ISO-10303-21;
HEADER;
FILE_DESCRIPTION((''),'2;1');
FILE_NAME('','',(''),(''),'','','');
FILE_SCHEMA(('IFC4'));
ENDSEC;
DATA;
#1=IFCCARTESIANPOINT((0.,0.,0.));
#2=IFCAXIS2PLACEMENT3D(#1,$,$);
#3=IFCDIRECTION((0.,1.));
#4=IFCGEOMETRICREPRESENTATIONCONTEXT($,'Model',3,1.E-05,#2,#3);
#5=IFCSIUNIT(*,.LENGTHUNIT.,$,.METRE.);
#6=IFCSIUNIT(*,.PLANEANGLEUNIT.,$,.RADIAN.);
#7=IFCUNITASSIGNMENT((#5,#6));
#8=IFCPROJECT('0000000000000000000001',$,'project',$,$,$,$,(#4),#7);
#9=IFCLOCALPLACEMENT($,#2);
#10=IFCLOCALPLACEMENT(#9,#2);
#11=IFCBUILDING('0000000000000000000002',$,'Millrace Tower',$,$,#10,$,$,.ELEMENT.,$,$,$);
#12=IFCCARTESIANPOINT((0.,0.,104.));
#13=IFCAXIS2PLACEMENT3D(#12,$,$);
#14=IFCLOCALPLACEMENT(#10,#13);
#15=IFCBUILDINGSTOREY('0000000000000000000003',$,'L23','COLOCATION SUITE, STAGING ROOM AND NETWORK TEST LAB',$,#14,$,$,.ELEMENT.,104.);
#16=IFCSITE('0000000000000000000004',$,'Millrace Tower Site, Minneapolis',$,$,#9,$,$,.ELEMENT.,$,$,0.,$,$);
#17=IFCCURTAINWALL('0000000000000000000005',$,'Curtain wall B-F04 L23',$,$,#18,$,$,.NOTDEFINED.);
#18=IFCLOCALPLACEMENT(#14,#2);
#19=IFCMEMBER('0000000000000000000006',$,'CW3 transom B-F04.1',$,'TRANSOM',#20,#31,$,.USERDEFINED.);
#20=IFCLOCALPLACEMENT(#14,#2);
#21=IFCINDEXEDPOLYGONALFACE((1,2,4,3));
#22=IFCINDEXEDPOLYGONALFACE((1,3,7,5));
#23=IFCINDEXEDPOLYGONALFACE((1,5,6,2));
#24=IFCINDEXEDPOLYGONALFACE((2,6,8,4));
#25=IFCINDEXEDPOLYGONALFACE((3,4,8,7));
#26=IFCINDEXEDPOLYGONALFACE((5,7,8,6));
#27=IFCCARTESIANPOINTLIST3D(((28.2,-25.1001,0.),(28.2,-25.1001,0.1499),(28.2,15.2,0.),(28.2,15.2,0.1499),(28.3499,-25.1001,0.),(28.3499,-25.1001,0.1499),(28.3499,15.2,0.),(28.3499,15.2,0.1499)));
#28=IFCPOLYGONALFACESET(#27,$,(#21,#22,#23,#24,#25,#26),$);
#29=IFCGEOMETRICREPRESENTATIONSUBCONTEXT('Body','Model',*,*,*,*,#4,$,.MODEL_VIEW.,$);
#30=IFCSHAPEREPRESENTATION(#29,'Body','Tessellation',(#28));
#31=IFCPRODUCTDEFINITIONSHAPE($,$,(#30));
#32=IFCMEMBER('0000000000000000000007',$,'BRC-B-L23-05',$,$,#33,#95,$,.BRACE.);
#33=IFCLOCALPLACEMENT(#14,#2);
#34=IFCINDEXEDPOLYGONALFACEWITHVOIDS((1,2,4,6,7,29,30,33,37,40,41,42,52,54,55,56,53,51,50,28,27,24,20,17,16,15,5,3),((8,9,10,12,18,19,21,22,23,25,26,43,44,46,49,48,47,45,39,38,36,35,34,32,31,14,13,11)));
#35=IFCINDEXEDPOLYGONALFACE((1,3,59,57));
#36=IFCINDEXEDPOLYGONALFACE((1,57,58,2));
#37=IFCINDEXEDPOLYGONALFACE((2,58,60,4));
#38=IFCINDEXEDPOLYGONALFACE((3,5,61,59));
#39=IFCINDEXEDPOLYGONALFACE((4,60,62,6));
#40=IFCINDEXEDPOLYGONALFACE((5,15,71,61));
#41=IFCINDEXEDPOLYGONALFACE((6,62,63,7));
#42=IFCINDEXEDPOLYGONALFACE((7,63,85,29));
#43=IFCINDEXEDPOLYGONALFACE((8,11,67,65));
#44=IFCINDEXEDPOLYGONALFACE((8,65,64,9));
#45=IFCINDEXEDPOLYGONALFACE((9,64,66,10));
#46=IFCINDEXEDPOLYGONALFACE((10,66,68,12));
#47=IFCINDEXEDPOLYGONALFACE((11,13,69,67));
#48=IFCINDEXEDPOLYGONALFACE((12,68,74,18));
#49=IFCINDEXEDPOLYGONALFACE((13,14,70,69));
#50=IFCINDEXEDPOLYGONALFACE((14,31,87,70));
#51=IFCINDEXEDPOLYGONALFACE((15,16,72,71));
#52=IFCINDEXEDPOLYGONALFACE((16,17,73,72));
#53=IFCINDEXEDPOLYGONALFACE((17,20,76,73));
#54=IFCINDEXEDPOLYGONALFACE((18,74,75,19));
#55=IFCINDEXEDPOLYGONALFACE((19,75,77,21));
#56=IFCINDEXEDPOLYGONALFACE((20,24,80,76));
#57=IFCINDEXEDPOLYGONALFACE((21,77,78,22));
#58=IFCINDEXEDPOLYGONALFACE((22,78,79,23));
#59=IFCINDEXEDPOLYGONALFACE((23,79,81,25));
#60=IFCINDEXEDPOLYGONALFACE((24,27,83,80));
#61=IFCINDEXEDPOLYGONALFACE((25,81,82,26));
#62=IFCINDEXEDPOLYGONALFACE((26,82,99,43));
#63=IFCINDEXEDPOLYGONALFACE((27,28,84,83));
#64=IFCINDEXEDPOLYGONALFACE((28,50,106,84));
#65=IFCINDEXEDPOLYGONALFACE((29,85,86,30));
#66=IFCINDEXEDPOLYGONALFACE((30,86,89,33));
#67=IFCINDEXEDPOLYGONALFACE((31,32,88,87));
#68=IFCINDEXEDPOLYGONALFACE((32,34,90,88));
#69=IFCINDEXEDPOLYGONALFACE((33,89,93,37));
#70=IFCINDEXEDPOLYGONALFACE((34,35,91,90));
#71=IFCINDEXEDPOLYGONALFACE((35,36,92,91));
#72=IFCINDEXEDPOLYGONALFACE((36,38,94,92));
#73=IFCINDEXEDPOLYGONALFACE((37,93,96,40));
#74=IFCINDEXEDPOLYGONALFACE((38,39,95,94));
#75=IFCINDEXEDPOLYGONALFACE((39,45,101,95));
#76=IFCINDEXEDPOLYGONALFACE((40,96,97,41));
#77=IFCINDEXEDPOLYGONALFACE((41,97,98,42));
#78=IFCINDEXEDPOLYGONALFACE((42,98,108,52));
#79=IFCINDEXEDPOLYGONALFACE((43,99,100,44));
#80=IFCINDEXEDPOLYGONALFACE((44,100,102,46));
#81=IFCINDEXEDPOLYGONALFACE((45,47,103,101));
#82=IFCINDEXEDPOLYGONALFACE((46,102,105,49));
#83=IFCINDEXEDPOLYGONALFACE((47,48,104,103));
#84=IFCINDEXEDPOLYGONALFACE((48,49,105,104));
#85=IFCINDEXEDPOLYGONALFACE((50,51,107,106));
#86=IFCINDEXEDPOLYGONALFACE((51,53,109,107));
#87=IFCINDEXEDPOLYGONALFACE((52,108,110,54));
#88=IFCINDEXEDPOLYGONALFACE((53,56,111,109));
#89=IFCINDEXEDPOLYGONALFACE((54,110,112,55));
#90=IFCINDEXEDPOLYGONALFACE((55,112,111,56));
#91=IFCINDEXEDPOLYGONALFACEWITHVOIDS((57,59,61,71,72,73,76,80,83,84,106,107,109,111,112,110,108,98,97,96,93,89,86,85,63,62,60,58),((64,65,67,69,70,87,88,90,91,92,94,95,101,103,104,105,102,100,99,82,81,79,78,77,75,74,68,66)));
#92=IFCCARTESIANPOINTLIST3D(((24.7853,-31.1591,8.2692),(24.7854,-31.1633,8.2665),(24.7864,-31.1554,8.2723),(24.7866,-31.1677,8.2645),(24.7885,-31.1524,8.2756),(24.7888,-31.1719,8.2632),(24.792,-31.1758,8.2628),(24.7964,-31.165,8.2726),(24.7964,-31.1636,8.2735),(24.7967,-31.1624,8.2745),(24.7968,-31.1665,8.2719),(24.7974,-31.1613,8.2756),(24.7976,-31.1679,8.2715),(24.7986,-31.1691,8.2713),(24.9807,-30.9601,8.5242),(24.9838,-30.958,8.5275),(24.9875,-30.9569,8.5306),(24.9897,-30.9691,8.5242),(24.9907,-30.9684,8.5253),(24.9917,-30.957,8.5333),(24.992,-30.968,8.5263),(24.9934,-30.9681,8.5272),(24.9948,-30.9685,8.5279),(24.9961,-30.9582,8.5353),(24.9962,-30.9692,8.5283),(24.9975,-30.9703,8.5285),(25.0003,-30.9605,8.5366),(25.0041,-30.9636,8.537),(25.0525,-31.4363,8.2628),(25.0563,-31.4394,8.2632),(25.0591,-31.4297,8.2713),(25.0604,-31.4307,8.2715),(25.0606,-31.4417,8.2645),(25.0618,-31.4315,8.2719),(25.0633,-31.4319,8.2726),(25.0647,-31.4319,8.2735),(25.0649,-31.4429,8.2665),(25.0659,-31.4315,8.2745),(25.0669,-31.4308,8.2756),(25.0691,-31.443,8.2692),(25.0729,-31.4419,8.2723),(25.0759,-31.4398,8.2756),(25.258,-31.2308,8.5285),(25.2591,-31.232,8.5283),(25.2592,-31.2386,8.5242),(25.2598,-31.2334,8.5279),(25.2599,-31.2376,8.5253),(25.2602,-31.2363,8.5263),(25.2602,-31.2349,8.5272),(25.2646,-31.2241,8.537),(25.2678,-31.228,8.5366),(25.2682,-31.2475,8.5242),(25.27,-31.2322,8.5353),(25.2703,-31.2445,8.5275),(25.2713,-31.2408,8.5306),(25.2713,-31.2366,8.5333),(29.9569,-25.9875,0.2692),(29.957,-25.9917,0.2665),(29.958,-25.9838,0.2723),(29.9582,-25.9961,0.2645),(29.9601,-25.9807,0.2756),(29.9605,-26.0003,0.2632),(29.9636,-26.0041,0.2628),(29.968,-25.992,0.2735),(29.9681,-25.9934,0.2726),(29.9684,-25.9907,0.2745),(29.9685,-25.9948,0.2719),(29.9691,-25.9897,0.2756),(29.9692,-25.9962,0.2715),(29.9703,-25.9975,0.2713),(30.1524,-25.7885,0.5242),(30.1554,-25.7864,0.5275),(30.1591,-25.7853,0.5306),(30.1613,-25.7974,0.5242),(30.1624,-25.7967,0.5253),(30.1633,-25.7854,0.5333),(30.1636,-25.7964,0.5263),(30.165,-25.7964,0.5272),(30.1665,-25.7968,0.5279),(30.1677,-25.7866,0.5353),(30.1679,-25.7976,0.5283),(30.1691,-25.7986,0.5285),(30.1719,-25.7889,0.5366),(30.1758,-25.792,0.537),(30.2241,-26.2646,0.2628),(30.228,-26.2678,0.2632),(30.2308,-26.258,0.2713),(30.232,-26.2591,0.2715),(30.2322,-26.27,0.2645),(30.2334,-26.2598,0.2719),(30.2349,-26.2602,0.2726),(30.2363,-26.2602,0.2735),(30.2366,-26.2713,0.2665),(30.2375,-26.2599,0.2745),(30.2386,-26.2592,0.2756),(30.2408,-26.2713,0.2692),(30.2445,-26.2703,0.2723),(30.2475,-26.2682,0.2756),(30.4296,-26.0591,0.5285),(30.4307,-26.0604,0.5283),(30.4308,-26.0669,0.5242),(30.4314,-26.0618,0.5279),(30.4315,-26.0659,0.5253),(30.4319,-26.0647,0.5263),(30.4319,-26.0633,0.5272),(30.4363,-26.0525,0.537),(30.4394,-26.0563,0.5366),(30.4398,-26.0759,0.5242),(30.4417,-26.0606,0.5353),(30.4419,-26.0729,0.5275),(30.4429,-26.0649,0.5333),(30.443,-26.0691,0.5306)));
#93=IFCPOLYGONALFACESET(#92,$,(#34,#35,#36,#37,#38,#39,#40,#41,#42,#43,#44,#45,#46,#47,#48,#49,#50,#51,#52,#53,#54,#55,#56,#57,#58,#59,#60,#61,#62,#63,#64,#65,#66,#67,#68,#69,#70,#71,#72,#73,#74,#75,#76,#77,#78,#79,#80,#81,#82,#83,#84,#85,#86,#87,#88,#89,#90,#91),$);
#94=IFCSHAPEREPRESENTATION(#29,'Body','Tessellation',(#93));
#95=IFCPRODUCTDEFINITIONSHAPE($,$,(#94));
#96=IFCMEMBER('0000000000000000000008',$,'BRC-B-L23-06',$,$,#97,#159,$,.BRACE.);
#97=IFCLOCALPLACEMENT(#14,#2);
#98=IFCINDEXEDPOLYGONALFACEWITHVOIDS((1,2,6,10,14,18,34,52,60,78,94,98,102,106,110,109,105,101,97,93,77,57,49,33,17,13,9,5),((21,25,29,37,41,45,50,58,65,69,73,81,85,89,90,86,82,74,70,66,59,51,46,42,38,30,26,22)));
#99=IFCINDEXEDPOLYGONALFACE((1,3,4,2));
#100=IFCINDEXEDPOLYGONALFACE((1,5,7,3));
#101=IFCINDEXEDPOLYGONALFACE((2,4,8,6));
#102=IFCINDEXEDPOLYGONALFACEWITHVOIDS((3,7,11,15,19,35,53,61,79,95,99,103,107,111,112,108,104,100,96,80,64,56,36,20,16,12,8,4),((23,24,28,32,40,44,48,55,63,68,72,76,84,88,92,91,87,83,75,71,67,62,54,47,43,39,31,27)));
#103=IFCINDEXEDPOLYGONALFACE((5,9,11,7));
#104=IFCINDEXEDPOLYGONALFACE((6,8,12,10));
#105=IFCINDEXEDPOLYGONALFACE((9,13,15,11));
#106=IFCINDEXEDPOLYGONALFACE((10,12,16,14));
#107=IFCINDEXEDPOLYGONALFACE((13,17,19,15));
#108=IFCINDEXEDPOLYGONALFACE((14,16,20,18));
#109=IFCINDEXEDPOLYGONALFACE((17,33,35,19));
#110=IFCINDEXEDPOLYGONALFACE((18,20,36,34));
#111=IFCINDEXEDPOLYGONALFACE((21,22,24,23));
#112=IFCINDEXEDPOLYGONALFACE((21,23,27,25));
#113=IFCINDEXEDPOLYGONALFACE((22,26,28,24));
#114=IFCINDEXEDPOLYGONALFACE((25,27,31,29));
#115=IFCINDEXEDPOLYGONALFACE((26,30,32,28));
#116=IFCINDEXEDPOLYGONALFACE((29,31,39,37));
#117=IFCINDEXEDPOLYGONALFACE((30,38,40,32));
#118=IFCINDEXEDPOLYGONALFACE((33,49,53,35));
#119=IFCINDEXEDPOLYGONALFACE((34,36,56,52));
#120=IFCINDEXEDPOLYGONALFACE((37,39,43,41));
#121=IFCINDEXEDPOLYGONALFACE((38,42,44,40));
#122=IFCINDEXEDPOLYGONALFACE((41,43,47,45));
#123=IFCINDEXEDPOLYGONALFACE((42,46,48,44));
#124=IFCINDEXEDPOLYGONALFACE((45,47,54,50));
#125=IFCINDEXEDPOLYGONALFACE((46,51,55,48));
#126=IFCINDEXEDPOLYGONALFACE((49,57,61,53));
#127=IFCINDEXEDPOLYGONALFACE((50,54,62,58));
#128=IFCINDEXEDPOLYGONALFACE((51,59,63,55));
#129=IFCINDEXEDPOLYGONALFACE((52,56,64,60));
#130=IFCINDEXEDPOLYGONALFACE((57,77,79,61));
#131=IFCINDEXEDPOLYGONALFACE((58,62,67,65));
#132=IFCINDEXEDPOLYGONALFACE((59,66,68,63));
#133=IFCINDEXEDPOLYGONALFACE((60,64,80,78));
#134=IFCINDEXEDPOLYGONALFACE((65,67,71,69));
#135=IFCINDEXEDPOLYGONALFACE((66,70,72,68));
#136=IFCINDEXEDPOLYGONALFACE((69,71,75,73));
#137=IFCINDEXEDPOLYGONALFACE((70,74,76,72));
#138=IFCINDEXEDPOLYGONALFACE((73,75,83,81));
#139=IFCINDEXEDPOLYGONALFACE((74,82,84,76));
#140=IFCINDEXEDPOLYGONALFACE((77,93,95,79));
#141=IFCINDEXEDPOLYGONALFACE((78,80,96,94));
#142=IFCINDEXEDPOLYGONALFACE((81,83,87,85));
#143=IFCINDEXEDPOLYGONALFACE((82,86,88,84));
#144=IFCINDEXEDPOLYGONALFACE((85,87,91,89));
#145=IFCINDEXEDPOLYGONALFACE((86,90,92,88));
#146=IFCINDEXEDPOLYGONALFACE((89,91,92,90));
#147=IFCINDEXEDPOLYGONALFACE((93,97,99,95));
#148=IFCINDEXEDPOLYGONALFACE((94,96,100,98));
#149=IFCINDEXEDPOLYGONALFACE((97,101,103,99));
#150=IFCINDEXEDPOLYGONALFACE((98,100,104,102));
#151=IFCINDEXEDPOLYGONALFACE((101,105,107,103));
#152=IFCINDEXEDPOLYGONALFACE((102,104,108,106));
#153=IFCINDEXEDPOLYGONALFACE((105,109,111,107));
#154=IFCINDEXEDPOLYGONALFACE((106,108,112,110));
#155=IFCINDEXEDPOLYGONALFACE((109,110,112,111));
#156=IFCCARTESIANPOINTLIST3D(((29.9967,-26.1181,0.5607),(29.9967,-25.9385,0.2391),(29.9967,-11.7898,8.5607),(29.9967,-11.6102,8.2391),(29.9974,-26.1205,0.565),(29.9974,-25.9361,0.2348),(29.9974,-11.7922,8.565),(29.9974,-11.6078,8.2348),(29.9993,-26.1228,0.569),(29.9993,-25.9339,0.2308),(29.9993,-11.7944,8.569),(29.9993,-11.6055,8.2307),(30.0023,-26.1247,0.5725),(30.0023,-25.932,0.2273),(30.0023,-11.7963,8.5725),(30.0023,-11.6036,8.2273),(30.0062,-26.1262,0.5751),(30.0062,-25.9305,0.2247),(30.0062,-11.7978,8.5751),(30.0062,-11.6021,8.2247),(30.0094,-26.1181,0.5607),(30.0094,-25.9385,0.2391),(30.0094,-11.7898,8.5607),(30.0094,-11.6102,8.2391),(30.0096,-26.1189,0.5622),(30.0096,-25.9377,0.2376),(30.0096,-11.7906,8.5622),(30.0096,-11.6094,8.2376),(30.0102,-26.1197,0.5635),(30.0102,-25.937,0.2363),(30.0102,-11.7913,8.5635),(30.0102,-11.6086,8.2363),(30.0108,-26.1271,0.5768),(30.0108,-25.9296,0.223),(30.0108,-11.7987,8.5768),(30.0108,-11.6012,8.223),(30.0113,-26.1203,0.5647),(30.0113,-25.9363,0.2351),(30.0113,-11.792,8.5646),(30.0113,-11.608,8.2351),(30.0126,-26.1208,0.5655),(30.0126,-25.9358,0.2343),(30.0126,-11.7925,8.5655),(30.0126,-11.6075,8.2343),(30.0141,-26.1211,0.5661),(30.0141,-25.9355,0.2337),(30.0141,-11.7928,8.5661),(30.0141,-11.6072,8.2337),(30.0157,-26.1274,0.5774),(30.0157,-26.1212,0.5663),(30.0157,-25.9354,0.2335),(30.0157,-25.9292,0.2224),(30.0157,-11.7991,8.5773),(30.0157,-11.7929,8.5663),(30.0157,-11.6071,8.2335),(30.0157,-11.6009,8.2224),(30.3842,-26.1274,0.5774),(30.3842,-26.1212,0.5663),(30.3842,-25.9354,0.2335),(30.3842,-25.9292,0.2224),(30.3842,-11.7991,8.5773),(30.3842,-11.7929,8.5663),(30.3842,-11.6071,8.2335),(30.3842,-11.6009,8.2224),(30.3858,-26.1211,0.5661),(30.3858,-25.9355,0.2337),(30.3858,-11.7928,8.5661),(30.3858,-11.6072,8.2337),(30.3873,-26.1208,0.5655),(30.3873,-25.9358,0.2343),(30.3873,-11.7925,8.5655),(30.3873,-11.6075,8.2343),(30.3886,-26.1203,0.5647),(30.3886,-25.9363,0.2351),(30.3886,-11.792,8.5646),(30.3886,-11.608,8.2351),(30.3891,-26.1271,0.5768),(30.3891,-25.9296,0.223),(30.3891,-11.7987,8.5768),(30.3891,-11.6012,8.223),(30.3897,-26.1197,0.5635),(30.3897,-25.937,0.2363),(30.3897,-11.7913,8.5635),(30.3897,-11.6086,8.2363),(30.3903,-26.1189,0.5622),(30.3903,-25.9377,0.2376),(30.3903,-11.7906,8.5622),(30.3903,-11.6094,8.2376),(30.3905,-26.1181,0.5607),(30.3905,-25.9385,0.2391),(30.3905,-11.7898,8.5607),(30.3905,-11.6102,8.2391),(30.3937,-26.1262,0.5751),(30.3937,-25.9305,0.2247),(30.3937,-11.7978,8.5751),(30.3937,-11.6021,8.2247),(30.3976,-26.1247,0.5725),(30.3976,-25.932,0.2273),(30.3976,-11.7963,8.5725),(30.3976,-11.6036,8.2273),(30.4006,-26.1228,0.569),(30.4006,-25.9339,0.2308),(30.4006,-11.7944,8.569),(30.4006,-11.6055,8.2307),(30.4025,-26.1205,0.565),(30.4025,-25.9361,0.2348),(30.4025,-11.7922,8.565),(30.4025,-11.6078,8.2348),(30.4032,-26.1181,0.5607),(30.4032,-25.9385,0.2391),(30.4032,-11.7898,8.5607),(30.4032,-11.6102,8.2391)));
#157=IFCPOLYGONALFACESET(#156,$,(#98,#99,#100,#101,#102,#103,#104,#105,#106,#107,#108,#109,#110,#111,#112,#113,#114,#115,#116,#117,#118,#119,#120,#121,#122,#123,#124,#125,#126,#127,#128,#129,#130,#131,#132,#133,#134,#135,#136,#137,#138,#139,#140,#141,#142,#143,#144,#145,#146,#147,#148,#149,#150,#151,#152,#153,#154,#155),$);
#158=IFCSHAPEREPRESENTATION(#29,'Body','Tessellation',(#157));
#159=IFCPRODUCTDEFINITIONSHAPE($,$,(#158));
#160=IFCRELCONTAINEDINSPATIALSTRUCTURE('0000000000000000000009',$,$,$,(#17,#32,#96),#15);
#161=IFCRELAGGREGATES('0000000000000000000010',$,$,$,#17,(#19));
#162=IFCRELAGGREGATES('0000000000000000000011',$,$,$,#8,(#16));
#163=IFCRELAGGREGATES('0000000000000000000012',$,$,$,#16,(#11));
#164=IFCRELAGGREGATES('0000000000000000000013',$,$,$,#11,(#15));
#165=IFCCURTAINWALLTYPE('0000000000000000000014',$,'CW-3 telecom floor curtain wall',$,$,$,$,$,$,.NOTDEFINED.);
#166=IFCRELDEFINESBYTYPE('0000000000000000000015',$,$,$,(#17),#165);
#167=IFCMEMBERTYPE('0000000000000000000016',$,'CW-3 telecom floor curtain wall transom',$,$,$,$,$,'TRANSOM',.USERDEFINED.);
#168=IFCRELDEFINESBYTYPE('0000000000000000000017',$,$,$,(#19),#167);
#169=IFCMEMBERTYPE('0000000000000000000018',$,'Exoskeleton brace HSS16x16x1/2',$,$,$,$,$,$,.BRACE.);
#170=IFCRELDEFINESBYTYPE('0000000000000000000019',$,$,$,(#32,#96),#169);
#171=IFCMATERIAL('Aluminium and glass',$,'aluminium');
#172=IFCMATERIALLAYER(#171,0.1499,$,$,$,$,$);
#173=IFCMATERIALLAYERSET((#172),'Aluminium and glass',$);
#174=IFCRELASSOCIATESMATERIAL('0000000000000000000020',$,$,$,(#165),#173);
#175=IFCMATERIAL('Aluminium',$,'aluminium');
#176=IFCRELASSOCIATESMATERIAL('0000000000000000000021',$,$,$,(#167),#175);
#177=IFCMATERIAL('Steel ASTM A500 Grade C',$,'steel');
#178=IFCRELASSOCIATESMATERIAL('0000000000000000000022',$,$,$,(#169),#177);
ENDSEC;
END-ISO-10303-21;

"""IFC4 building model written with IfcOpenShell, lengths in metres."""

from ifc_helpers import new_model, si_unit, direction, frame, origin, origin_2d, place, context, subcontext, project, spatial, rectangle, hollow_rectangle, extrude, material, layer, layer_set, material_profile, profile_set, type_object, element, aggregate, save


model = new_model("IFC4")

# Units and contexts
model_context = context("Model", 3, precision=1e-05, world=origin(), true_north=direction((0.0, 1.0)))
body_context = subcontext(model_context, "Body", "Model", "MODEL_VIEW")
ifc_project = project(units=[si_unit("LENGTHUNIT", "METRE"), si_unit("PLANEANGLEUNIT", "RADIAN")], contexts=[model_context])

# Site, building, storey
site_placement = place(None, origin())
site = spatial("IfcSite", under=ifc_project, at=site_placement, Name="Millrace Tower Site, Minneapolis", CompositionType="ELEMENT", RefElevation=0.0)
building_placement = place(site_placement, origin())
building = spatial("IfcBuilding", under=site, at=building_placement, Name="Millrace Tower", CompositionType="ELEMENT")
storey_placement = place(building_placement, frame((0.0, 0.0, 104.0)))
storey = spatial("IfcBuildingStorey", under=building, at=storey_placement, Name="L23", Description="COLOCATION SUITE, STAGING ROOM AND NETWORK TEST LAB", CompositionType="ELEMENT", Elevation=104.0)

# Shared definitions
ifc_material_1 = material(Name="Aluminium and glass", Category="aluminium")
ifc_layer_1 = layer(ifc_material_1, 0.1499)
ifc_layer_set_1 = layer_set([ifc_layer_1], Name="Aluminium and glass")
curtain_wall_type = type_object("IfcCurtainWallType", Name="CW-3 telecom floor curtain wall", PredefinedType="NOTDEFINED", material=ifc_layer_set_1)
placement = place(storey_placement, origin())

# Curtain wall
curtain_wall_1 = element("IfcCurtainWall", 1, at=placement, inside=storey, type_object=curtain_wall_type, Name="Curtain wall B-F04 L23", PredefinedType="NOTDEFINED")

# Member
ifc_material_2 = material(Name="Aluminium", Category="aluminium")
ifc_material_profile_1 = material_profile(ifc_material_2, rectangle(XDim=0.1499, YDim=0.1499, at=origin_2d()))
ifc_profile_set_1 = profile_set([ifc_material_profile_1], Name="Aluminium")
member_type_1 = type_object("IfcMemberType", Name="CW-3 telecom floor curtain wall transom", ElementType="TRANSOM", PredefinedType="USERDEFINED", material=ifc_profile_set_1)
member_1_placement = place(storey_placement, frame((28.2749, -25.1001, 0.075), z_axis=(0.0, 1.0, 0.0), x_axis=(-1.0, 0.0, 0.0)))
member_1 = element("IfcMember", 2, at=member_1_placement, type_object=member_type_1, Name="CW3 transom B-F04.1", ObjectType="TRANSOM", PredefinedType="USERDEFINED", context=body_context, shape_type="SweptSolid", body=[
    extrude(rectangle(XDim=0.1499, YDim=0.1499, at=origin_2d()), origin(), (0.0, 0.0, 1.0), 40.3),
])
aggregate(curtain_wall_1, [member_1])

# Members
ifc_material_3 = material(Name="Steel ASTM A500 Grade C", Category="steel")
ifc_material_profile_2 = material_profile(ifc_material_3, hollow_rectangle(XDim=0.4065, YDim=0.4065, WallThickness=0.0127, InnerFilletRadius=0.0063, OuterFilletRadius=0.019, at=origin_2d()))
ifc_profile_set_2 = profile_set([ifc_material_profile_2], Name="Steel ASTM A500 Grade C")
member_type_2 = type_object("IfcMemberType", Name="Exoskeleton brace HSS16x16x1/2", PredefinedType="BRACE", material=ifc_profile_set_2)
member_2_placement = place(storey_placement, frame((30.2, -26.0283, 0.3999), z_axis=(-0.477116, -0.477116, 0.738052), x_axis=(0.707107, -0.707107, 0.0)))
element("IfcMember", 3, at=member_2_placement, inside=storey, type_object=member_type_2, Name="BRC-B-L23-05", PredefinedType="BRACE", context=body_context, shape_type="SweptSolid", body=[
    extrude(hollow_rectangle(XDim=0.4065, YDim=0.4065, WallThickness=0.0127, InnerFilletRadius=0.0063, OuterFilletRadius=0.019, at=origin_2d()), origin(), (0.0, 0.0, 1.0), 10.8394),
])
member_3_placement = place(storey_placement, frame((30.2, -26.0283, 0.3999), z_axis=(0.0, 0.873126, 0.487495), x_axis=(-1.0, 0.0, 0.0)))
element("IfcMember", 4, at=member_3_placement, inside=storey, type_object=member_type_2, Name="BRC-B-L23-06", PredefinedType="BRACE", context=body_context, shape_type="SweptSolid", body=[
    extrude(hollow_rectangle(XDim=0.4065, YDim=0.4065, WallThickness=0.0127, InnerFilletRadius=0.0063, OuterFilletRadius=0.019, at=origin_2d()), origin(), (0.0, 0.0, 1.0), 16.4104),
])

save(model, "model.ifc")
